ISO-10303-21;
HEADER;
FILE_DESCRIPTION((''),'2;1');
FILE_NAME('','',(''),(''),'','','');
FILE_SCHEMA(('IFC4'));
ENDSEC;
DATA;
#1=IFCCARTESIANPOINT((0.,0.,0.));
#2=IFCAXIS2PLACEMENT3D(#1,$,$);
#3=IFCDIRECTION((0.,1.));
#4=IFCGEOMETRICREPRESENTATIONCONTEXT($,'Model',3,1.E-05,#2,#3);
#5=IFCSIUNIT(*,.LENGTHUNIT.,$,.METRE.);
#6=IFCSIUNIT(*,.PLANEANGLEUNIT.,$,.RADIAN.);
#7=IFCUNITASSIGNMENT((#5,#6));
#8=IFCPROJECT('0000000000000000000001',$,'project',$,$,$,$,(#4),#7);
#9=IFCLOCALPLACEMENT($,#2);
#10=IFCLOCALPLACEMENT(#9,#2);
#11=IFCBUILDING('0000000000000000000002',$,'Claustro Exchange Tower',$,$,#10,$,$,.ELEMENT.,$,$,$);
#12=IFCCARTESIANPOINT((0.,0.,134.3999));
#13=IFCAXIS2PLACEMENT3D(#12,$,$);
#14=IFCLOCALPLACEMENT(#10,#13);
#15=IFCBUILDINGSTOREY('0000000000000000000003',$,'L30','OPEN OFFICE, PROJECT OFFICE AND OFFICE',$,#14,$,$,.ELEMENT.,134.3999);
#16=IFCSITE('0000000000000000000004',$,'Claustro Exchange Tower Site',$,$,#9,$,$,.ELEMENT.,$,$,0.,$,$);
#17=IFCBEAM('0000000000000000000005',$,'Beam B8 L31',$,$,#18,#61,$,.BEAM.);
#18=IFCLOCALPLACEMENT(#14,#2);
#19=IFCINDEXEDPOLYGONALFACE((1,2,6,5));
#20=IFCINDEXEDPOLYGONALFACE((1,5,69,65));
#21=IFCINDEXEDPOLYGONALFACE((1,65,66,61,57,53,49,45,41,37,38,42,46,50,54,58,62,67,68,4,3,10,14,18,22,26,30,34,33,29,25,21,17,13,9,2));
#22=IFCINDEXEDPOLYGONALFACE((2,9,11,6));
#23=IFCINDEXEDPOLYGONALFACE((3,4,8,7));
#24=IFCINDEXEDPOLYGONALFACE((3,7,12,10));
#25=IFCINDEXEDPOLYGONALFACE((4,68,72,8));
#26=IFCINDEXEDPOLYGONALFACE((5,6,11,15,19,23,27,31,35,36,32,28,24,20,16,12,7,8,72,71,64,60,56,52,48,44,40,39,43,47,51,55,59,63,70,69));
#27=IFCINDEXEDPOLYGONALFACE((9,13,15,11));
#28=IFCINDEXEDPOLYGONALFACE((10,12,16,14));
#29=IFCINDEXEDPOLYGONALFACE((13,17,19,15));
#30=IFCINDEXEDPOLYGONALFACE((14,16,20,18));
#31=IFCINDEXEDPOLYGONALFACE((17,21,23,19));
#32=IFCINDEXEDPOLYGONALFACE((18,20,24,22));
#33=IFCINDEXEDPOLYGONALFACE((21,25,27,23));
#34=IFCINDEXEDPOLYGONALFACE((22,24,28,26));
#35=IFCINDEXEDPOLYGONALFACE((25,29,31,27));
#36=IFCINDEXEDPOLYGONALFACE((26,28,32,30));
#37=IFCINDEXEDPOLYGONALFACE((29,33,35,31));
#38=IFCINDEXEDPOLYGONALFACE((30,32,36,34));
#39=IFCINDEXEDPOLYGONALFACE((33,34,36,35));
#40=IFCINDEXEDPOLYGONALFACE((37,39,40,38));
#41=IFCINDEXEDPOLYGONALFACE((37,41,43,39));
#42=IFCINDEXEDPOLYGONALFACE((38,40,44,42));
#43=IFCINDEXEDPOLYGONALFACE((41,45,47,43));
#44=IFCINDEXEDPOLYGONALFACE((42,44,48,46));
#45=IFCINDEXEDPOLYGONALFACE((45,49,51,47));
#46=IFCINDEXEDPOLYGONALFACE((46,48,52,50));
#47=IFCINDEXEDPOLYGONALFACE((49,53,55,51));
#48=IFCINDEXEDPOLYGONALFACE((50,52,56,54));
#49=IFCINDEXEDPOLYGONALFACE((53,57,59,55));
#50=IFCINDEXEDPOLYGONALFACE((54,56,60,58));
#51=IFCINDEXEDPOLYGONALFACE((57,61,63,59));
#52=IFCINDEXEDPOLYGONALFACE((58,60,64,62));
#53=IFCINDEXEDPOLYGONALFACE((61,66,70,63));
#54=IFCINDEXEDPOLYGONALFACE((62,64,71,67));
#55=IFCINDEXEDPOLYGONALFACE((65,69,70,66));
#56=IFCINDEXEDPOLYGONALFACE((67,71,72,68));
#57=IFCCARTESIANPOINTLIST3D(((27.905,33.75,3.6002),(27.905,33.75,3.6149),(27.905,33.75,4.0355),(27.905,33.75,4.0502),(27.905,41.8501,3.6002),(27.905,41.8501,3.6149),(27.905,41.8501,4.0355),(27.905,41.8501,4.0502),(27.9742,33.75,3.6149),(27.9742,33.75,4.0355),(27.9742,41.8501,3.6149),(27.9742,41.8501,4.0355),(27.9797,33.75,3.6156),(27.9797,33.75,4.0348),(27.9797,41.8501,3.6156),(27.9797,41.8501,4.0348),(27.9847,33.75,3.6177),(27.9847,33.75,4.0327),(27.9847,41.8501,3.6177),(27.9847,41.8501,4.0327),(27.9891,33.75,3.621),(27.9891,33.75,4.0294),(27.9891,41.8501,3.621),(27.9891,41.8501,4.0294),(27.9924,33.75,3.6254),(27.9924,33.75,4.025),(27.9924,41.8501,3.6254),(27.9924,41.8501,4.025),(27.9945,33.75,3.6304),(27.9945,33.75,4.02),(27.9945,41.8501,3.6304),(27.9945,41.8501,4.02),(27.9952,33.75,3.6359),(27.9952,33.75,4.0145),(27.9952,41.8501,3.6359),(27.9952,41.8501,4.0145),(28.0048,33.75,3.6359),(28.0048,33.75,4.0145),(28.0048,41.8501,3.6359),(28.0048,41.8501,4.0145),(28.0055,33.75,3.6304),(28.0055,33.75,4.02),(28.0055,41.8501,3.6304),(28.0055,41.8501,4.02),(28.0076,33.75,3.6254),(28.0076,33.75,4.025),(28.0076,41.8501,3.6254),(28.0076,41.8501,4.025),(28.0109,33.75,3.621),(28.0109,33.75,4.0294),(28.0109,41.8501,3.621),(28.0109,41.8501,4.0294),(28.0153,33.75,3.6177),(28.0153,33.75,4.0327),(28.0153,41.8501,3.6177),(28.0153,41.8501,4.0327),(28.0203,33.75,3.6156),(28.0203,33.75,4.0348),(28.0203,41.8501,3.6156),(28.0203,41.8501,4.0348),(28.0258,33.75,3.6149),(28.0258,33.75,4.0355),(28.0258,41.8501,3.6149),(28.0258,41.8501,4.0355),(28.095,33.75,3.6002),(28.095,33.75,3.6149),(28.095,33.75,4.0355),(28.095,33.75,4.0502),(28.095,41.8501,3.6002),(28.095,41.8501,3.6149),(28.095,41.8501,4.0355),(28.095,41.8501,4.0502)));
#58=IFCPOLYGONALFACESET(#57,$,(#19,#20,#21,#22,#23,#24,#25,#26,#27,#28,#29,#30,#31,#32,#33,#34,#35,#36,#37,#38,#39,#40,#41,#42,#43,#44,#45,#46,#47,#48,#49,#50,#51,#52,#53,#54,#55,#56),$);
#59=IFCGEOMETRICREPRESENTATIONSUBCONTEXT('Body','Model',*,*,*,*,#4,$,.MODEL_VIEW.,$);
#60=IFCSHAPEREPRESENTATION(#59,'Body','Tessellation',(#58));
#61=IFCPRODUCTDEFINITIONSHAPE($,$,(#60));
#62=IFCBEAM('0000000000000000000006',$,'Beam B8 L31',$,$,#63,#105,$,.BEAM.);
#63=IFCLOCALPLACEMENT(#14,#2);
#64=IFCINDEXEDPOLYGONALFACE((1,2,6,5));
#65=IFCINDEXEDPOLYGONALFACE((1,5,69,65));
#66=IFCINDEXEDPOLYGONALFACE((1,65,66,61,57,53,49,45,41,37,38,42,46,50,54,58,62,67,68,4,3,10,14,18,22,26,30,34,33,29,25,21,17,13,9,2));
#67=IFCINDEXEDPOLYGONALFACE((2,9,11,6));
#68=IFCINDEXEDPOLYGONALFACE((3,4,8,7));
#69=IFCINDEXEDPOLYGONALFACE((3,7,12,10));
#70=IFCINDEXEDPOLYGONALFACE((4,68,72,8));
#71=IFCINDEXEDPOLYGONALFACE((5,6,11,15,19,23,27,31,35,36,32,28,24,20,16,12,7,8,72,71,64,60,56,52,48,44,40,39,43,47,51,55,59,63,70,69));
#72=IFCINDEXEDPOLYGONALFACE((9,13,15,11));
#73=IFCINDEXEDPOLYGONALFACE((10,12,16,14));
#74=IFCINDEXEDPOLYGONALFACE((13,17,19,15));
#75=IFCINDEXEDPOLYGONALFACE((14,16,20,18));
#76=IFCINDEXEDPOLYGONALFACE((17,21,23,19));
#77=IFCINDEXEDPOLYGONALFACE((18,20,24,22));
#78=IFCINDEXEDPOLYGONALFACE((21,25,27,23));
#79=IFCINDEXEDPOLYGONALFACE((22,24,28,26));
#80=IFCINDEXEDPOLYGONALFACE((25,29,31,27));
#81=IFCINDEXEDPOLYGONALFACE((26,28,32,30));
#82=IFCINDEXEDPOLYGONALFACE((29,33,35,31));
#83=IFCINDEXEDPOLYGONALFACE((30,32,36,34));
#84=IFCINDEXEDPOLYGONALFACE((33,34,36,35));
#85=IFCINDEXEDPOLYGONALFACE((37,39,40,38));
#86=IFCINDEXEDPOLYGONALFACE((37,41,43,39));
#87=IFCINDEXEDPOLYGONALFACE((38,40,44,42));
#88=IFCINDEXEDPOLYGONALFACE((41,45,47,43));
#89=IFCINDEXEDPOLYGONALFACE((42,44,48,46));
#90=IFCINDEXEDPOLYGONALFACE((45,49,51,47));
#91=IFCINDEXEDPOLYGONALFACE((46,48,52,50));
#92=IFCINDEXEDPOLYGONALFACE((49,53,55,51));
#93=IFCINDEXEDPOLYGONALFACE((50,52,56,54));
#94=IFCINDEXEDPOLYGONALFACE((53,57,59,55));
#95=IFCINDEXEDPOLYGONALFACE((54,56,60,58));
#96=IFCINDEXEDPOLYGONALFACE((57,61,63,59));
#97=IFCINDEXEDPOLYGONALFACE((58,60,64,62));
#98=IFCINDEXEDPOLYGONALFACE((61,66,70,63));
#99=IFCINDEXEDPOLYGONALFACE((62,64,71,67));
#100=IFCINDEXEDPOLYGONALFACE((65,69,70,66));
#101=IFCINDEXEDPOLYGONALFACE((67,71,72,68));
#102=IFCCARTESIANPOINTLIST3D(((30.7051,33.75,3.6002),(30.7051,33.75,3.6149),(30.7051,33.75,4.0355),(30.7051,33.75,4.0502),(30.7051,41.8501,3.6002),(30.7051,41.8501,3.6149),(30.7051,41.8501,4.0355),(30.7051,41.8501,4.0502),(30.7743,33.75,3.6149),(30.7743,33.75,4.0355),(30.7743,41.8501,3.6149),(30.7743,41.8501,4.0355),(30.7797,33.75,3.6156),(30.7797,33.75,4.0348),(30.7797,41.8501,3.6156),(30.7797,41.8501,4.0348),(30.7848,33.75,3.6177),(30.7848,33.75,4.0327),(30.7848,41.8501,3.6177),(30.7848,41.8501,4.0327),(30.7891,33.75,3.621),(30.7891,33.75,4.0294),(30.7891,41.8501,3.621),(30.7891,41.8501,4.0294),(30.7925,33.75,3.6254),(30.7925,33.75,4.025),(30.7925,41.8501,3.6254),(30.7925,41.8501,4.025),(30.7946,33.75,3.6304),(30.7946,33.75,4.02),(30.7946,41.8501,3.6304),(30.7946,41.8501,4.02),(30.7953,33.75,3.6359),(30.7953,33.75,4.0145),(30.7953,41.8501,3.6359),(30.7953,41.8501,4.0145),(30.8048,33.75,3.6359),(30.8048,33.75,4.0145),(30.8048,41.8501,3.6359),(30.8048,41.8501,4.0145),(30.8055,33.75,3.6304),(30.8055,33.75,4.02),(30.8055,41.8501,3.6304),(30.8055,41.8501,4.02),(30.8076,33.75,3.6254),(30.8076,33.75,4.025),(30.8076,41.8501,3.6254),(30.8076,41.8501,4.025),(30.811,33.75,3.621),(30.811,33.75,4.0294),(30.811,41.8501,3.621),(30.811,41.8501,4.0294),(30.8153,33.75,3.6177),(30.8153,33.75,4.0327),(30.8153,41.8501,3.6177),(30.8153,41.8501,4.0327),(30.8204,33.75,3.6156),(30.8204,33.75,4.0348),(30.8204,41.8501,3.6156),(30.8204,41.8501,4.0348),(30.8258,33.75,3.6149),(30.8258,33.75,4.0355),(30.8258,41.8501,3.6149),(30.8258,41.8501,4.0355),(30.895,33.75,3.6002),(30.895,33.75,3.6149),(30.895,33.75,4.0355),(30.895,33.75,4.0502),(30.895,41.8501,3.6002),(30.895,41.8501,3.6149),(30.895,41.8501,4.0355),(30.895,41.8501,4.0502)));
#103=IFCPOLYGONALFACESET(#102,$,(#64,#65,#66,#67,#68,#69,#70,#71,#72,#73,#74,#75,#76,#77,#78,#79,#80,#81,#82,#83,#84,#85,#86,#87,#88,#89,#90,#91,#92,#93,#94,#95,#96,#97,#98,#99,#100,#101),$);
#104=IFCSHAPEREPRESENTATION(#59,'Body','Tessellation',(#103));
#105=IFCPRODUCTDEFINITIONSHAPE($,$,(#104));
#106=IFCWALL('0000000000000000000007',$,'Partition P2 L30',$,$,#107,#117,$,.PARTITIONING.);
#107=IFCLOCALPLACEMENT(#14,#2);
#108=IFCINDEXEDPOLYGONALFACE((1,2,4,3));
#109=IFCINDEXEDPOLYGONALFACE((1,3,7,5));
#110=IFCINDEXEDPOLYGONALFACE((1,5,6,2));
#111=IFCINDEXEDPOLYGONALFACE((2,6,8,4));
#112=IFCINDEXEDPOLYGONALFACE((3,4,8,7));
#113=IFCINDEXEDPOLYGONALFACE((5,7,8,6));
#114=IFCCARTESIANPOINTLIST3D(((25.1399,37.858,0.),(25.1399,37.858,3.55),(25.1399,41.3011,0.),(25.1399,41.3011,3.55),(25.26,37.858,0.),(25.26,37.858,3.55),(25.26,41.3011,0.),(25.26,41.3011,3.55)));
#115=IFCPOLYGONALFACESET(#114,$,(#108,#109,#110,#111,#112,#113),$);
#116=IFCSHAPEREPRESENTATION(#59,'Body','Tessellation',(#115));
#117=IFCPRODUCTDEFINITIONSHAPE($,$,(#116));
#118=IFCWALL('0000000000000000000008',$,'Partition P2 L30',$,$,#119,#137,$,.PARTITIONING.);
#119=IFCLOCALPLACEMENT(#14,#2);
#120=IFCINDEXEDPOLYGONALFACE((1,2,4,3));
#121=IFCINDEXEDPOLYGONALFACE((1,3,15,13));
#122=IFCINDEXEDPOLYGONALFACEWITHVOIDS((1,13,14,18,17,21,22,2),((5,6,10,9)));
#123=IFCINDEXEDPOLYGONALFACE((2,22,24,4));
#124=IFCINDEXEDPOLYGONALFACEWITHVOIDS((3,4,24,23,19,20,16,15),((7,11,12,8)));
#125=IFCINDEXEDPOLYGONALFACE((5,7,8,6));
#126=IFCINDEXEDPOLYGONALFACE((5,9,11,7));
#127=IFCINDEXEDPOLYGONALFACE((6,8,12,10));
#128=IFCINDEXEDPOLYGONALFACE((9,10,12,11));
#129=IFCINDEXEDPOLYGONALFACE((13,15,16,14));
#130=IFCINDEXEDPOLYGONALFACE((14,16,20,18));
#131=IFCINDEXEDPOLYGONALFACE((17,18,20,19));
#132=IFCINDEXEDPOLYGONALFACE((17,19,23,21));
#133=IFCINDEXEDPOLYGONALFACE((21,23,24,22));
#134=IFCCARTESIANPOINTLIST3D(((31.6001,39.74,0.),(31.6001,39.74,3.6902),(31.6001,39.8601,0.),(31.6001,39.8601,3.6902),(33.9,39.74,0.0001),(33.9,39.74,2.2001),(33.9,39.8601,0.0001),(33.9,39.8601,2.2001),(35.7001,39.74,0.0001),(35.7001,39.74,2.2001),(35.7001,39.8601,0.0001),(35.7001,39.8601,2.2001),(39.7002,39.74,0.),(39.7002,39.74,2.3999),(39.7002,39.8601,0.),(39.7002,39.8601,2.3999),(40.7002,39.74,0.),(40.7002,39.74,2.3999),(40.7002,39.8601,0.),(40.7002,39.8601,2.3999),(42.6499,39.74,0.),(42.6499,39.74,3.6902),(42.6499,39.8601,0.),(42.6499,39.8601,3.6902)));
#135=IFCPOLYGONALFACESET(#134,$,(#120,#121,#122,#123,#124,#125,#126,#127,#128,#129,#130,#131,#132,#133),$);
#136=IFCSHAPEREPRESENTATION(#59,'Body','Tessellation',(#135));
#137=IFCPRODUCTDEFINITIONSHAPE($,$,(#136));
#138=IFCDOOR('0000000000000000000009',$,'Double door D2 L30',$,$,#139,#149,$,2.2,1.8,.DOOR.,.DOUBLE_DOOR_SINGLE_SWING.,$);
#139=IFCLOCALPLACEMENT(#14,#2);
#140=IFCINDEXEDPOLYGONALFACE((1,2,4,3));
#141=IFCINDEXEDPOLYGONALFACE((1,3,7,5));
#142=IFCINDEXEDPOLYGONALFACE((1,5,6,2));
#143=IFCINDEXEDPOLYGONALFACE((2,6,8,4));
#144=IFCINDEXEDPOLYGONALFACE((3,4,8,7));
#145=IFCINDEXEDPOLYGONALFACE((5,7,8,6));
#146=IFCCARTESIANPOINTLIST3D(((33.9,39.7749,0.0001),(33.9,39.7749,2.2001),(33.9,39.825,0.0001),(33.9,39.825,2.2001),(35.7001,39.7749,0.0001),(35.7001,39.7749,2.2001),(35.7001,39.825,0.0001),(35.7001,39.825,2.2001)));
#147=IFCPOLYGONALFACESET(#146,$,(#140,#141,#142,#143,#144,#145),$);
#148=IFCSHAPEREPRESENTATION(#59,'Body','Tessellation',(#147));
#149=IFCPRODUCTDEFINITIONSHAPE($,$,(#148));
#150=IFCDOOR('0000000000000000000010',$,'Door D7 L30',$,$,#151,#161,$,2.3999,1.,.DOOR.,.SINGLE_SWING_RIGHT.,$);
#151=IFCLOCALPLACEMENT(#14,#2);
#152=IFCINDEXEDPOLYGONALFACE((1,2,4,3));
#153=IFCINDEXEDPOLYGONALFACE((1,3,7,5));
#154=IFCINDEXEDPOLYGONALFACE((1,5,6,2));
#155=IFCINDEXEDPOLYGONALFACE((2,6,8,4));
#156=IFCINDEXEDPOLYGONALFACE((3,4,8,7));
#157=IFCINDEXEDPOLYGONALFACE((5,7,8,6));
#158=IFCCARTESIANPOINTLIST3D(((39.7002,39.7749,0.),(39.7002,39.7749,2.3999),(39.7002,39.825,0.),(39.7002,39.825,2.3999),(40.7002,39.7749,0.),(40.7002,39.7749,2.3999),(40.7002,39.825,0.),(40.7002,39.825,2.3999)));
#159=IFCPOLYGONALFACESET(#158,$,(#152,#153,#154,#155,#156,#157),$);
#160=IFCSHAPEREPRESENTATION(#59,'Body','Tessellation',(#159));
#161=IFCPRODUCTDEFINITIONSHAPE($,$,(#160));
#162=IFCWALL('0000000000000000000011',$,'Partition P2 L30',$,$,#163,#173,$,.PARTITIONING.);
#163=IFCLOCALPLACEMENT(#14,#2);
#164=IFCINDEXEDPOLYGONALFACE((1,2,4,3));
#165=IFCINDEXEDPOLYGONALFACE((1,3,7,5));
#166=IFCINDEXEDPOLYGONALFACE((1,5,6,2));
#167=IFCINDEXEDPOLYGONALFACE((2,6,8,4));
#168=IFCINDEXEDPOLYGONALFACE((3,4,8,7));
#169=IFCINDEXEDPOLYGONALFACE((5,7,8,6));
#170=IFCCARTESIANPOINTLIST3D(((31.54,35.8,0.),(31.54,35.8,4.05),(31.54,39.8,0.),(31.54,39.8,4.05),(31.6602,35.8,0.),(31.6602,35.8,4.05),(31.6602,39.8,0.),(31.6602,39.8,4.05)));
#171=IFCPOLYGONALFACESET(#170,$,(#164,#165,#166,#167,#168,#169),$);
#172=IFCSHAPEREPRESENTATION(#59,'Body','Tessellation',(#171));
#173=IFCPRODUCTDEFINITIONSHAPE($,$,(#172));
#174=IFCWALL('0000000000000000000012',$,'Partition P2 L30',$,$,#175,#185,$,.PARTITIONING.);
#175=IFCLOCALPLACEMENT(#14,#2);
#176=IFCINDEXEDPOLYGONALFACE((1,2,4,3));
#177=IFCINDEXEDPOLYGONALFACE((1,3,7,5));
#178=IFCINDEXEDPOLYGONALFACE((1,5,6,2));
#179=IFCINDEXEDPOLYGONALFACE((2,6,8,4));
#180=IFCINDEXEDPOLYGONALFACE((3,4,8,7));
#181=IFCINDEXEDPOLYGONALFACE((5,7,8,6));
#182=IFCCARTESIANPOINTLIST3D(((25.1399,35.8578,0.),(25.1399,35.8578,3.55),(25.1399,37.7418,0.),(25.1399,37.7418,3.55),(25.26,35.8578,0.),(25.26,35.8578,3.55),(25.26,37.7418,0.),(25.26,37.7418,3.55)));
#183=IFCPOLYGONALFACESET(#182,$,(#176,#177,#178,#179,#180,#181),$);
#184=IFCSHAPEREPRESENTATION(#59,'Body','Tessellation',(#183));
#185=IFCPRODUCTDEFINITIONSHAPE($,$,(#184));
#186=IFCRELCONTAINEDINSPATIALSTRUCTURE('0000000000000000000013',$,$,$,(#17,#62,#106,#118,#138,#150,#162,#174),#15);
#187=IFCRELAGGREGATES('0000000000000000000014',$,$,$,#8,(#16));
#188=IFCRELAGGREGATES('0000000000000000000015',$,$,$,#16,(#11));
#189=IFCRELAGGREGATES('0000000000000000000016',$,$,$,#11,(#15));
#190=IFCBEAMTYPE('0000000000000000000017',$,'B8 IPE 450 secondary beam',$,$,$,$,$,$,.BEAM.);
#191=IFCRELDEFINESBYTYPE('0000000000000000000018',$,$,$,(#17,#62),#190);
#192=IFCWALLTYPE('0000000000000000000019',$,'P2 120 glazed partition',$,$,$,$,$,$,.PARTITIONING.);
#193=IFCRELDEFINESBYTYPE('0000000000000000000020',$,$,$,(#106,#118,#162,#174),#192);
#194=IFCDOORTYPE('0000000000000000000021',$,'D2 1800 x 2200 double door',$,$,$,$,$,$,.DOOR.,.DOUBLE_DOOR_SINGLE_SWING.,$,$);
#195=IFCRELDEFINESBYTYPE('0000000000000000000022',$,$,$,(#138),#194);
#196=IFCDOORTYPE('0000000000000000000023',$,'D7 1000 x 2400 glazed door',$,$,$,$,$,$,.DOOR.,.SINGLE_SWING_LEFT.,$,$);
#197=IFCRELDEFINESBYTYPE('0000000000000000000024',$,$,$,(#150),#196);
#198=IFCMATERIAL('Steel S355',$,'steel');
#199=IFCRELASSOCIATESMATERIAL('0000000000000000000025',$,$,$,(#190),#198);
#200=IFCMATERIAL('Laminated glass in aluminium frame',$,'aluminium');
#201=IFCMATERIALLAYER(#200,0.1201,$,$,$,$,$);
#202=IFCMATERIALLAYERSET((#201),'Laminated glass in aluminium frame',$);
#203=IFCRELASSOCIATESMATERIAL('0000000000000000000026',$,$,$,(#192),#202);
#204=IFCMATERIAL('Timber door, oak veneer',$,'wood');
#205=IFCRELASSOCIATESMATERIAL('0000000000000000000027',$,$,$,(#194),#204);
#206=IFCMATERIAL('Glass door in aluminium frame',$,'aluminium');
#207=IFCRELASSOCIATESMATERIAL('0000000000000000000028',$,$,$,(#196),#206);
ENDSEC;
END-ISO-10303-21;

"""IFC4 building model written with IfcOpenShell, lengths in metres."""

from ifc_helpers import new_model, si_unit, direction, frame, frame_2d, origin, origin_2d, place, context, subcontext, project, spatial, rectangle, i_section, extrude, material, layer, layer_set, material_profile, profile_set, type_object, element, fill, save


model = new_model("IFC4")

# Units and contexts
model_context = context("Model", 3, precision=1e-05, world=origin(), true_north=direction((0.0, 1.0)))
body_context = subcontext(model_context, "Body", "Model", "MODEL_VIEW")
ifc_project = project(units=[si_unit("LENGTHUNIT", "METRE"), si_unit("PLANEANGLEUNIT", "RADIAN")], contexts=[model_context])

# Site, building, storey
site_placement = place(None, origin())
site = spatial("IfcSite", under=ifc_project, at=site_placement, Name="Claustro Exchange Tower Site", CompositionType="ELEMENT", RefElevation=0.0)
building_placement = place(site_placement, origin())
building = spatial("IfcBuilding", under=site, at=building_placement, Name="Claustro Exchange Tower", CompositionType="ELEMENT")
storey_placement = place(building_placement, frame((0.0, 0.0, 134.3999)))
storey = spatial("IfcBuildingStorey", under=building, at=storey_placement, Name="L30", Description="OPEN OFFICE, PROJECT OFFICE AND OFFICE", CompositionType="ELEMENT", Elevation=134.3999)

# Beams
ifc_material_1 = material(Name="Steel S355", Category="steel")
ifc_material_profile_1 = material_profile(ifc_material_1, i_section(OverallWidth=0.1899, OverallDepth=0.45, WebThickness=0.0095, FlangeThickness=0.0146, FilletRadius=0.021, at=origin_2d()), Name="IPE 450")
ifc_profile_set_1 = profile_set([ifc_material_profile_1], Name="Steel S355")
beam_type_1 = type_object("IfcBeamType", Name="B8 IPE 450 secondary beam", PredefinedType="BEAM", material=ifc_profile_set_1)
for number, where, z_axis, x_axis, name in (
    (1, (28.0, 33.75, 3.8252), (0.0, 1.0, 0.0), (-1.0, 0.0, 0.0), "Beam B8 L31"),
    (2, (30.8, 33.75, 3.8252), (0.0, 1.0, 0.0), (-1.0, 0.0, 0.0), "Beam B8 L31"),
):
    element("IfcBeam", number, at=place(storey_placement, frame(where, z_axis=z_axis, x_axis=x_axis)), inside=storey, type_object=beam_type_1, Name=name, PredefinedType="BEAM", context=body_context, shape_type="SweptSolid", body=[
        extrude(i_section(OverallWidth=0.1899, OverallDepth=0.45, WebThickness=0.0095, FlangeThickness=0.0146, FilletRadius=0.021, at=origin_2d()), origin(), (0.0, 0.0, 1.0), 8.1001),
    ])

# Wall
ifc_material_2 = material(Name="Laminated glass in aluminium frame", Category="aluminium")
ifc_layer_1 = layer(ifc_material_2, 0.1201)
ifc_layer_set_1 = layer_set([ifc_layer_1], Name="Laminated glass in aluminium frame")
wall_type_1 = type_object("IfcWallType", Name="P2 120 glazed partition", PredefinedType="PARTITIONING", material=ifc_layer_set_1)
wall_1_placement = place(storey_placement, frame((25.2, 37.8579, 0.0), z_axis=(0.0, 0.0, 1.0), x_axis=(0.0, 1.0, 0.0)))
element("IfcWall", 3, at=wall_1_placement, inside=storey, type_object=wall_type_1, Name="Partition P2 L30", PredefinedType="PARTITIONING", context=body_context, shape_type="SweptSolid", body=[
    extrude(rectangle(XDim=3.4431, YDim=0.1201, at=frame_2d((1.7217, 0.0))), origin(), (0.0, 0.0, 1.0), 3.55),
])

# Wall, openings, doors
wall_2_placement = place(storey_placement, frame((31.6001, 39.8, 0.0), z_axis=(0.0, 0.0, 1.0), x_axis=(1.0, 0.0, 0.0)))
wall_2 = element("IfcWall", 4, at=wall_2_placement, inside=storey, type_object=wall_type_1, Name="Partition P2 L30", PredefinedType="PARTITIONING", context=body_context, shape_type="SweptSolid", body=[
    extrude(rectangle(XDim=11.0498, YDim=0.1201, at=frame_2d((5.5249, 0.0))), origin(), (0.0, 0.0, 1.0), 3.6902),
])
opening_1_placement = place(wall_2_placement, frame((2.3, 0.0, 0.0)))
opening_1 = element("IfcOpeningElement", 5, at=opening_1_placement, cuts=wall_2, PredefinedType="OPENING", context=body_context, shape_type="SweptSolid", body=[
    extrude(rectangle(XDim=1.8, YDim=2.2, at=frame_2d((0.8999, 1.1001))), frame((0.0, 0.0701, 0.0), z_axis=(0.0, -1.0, 0.0), x_axis=(1.0, 0.0, 0.0)), (0.0, 0.0, 1.0), 0.1401),
])
opening_2_placement = place(wall_2_placement, frame((8.1001, 0.0, 0.0)))
opening_2 = element("IfcOpeningElement", 6, at=opening_2_placement, cuts=wall_2, PredefinedType="OPENING", context=body_context, shape_type="SweptSolid", body=[
    extrude(rectangle(XDim=1.0, YDim=2.3999, at=frame_2d((0.5, 1.2))), frame((0.0, 0.0701, 0.0), z_axis=(0.0, -1.0, 0.0), x_axis=(1.0, 0.0, 0.0)), (0.0, 0.0, 1.0), 0.1401),
])
ifc_material_3 = material(Name="Timber door, oak veneer", Category="wood")
door_type_1 = type_object("IfcDoorType", Name="D2 1800 x 2200 double door", OperationType="DOUBLE_DOOR_SINGLE_SWING", PredefinedType="DOOR", material=ifc_material_3)
door_1_placement = place(opening_1_placement, origin())
door_1 = element("IfcDoor", 7, at=door_1_placement, inside=storey, type_object=door_type_1, Name="Double door D2 L30", OperationType="DOUBLE_DOOR_SINGLE_SWING", OverallHeight=2.2, OverallWidth=1.8, PredefinedType="DOOR", context=body_context, shape_type="SweptSolid", body=[
    extrude(rectangle(XDim=1.8, YDim=2.2, at=frame_2d((0.8999, 1.1001))), frame((0.0, 0.0249, 0.0), z_axis=(0.0, -1.0, 0.0), x_axis=(1.0, 0.0, 0.0)), (0.0, 0.0, 1.0), 0.05),
])
fill(opening_1, door_1)
ifc_material_4 = material(Name="Glass door in aluminium frame", Category="aluminium")
door_type_2 = type_object("IfcDoorType", Name="D7 1000 x 2400 glazed door", OperationType="SINGLE_SWING_LEFT", PredefinedType="DOOR", material=ifc_material_4)
door_2_placement = place(opening_2_placement, origin())
door_2 = element("IfcDoor", 8, at=door_2_placement, inside=storey, type_object=door_type_2, Name="Door D7 L30", OperationType="SINGLE_SWING_RIGHT", OverallHeight=2.3999, OverallWidth=1.0, PredefinedType="DOOR", context=body_context, shape_type="SweptSolid", body=[
    extrude(rectangle(XDim=1.0, YDim=2.3999, at=frame_2d((0.5, 1.2))), frame((0.0, 0.0249, 0.0), z_axis=(0.0, -1.0, 0.0), x_axis=(1.0, 0.0, 0.0)), (0.0, 0.0, 1.0), 0.05),
])
fill(opening_2, door_2)

# Walls
wall_3_placement = place(storey_placement, frame((31.6001, 35.8, 0.0), z_axis=(0.0, 0.0, 1.0), x_axis=(0.0, 1.0, 0.0)))
element("IfcWall", 9, at=wall_3_placement, inside=storey, type_object=wall_type_1, Name="Partition P2 L30", PredefinedType="PARTITIONING", context=body_context, shape_type="SweptSolid", body=[
    extrude(rectangle(XDim=4.0, YDim=0.1201, at=frame_2d((2.0, 0.0))), origin(), (0.0, 0.0, 1.0), 4.05),
])
wall_4_placement = place(storey_placement, frame((25.2, 35.8579, 0.0), z_axis=(0.0, 0.0, 1.0), x_axis=(0.0, 1.0, 0.0)))
element("IfcWall", 10, at=wall_4_placement, inside=storey, type_object=wall_type_1, Name="Partition P2 L30", PredefinedType="PARTITIONING", context=body_context, shape_type="SweptSolid", body=[
    extrude(rectangle(XDim=1.884, YDim=0.1201, at=frame_2d((0.9419, 0.0))), origin(), (0.0, 0.0, 1.0), 3.55),
])

save(model, "model.ifc")
